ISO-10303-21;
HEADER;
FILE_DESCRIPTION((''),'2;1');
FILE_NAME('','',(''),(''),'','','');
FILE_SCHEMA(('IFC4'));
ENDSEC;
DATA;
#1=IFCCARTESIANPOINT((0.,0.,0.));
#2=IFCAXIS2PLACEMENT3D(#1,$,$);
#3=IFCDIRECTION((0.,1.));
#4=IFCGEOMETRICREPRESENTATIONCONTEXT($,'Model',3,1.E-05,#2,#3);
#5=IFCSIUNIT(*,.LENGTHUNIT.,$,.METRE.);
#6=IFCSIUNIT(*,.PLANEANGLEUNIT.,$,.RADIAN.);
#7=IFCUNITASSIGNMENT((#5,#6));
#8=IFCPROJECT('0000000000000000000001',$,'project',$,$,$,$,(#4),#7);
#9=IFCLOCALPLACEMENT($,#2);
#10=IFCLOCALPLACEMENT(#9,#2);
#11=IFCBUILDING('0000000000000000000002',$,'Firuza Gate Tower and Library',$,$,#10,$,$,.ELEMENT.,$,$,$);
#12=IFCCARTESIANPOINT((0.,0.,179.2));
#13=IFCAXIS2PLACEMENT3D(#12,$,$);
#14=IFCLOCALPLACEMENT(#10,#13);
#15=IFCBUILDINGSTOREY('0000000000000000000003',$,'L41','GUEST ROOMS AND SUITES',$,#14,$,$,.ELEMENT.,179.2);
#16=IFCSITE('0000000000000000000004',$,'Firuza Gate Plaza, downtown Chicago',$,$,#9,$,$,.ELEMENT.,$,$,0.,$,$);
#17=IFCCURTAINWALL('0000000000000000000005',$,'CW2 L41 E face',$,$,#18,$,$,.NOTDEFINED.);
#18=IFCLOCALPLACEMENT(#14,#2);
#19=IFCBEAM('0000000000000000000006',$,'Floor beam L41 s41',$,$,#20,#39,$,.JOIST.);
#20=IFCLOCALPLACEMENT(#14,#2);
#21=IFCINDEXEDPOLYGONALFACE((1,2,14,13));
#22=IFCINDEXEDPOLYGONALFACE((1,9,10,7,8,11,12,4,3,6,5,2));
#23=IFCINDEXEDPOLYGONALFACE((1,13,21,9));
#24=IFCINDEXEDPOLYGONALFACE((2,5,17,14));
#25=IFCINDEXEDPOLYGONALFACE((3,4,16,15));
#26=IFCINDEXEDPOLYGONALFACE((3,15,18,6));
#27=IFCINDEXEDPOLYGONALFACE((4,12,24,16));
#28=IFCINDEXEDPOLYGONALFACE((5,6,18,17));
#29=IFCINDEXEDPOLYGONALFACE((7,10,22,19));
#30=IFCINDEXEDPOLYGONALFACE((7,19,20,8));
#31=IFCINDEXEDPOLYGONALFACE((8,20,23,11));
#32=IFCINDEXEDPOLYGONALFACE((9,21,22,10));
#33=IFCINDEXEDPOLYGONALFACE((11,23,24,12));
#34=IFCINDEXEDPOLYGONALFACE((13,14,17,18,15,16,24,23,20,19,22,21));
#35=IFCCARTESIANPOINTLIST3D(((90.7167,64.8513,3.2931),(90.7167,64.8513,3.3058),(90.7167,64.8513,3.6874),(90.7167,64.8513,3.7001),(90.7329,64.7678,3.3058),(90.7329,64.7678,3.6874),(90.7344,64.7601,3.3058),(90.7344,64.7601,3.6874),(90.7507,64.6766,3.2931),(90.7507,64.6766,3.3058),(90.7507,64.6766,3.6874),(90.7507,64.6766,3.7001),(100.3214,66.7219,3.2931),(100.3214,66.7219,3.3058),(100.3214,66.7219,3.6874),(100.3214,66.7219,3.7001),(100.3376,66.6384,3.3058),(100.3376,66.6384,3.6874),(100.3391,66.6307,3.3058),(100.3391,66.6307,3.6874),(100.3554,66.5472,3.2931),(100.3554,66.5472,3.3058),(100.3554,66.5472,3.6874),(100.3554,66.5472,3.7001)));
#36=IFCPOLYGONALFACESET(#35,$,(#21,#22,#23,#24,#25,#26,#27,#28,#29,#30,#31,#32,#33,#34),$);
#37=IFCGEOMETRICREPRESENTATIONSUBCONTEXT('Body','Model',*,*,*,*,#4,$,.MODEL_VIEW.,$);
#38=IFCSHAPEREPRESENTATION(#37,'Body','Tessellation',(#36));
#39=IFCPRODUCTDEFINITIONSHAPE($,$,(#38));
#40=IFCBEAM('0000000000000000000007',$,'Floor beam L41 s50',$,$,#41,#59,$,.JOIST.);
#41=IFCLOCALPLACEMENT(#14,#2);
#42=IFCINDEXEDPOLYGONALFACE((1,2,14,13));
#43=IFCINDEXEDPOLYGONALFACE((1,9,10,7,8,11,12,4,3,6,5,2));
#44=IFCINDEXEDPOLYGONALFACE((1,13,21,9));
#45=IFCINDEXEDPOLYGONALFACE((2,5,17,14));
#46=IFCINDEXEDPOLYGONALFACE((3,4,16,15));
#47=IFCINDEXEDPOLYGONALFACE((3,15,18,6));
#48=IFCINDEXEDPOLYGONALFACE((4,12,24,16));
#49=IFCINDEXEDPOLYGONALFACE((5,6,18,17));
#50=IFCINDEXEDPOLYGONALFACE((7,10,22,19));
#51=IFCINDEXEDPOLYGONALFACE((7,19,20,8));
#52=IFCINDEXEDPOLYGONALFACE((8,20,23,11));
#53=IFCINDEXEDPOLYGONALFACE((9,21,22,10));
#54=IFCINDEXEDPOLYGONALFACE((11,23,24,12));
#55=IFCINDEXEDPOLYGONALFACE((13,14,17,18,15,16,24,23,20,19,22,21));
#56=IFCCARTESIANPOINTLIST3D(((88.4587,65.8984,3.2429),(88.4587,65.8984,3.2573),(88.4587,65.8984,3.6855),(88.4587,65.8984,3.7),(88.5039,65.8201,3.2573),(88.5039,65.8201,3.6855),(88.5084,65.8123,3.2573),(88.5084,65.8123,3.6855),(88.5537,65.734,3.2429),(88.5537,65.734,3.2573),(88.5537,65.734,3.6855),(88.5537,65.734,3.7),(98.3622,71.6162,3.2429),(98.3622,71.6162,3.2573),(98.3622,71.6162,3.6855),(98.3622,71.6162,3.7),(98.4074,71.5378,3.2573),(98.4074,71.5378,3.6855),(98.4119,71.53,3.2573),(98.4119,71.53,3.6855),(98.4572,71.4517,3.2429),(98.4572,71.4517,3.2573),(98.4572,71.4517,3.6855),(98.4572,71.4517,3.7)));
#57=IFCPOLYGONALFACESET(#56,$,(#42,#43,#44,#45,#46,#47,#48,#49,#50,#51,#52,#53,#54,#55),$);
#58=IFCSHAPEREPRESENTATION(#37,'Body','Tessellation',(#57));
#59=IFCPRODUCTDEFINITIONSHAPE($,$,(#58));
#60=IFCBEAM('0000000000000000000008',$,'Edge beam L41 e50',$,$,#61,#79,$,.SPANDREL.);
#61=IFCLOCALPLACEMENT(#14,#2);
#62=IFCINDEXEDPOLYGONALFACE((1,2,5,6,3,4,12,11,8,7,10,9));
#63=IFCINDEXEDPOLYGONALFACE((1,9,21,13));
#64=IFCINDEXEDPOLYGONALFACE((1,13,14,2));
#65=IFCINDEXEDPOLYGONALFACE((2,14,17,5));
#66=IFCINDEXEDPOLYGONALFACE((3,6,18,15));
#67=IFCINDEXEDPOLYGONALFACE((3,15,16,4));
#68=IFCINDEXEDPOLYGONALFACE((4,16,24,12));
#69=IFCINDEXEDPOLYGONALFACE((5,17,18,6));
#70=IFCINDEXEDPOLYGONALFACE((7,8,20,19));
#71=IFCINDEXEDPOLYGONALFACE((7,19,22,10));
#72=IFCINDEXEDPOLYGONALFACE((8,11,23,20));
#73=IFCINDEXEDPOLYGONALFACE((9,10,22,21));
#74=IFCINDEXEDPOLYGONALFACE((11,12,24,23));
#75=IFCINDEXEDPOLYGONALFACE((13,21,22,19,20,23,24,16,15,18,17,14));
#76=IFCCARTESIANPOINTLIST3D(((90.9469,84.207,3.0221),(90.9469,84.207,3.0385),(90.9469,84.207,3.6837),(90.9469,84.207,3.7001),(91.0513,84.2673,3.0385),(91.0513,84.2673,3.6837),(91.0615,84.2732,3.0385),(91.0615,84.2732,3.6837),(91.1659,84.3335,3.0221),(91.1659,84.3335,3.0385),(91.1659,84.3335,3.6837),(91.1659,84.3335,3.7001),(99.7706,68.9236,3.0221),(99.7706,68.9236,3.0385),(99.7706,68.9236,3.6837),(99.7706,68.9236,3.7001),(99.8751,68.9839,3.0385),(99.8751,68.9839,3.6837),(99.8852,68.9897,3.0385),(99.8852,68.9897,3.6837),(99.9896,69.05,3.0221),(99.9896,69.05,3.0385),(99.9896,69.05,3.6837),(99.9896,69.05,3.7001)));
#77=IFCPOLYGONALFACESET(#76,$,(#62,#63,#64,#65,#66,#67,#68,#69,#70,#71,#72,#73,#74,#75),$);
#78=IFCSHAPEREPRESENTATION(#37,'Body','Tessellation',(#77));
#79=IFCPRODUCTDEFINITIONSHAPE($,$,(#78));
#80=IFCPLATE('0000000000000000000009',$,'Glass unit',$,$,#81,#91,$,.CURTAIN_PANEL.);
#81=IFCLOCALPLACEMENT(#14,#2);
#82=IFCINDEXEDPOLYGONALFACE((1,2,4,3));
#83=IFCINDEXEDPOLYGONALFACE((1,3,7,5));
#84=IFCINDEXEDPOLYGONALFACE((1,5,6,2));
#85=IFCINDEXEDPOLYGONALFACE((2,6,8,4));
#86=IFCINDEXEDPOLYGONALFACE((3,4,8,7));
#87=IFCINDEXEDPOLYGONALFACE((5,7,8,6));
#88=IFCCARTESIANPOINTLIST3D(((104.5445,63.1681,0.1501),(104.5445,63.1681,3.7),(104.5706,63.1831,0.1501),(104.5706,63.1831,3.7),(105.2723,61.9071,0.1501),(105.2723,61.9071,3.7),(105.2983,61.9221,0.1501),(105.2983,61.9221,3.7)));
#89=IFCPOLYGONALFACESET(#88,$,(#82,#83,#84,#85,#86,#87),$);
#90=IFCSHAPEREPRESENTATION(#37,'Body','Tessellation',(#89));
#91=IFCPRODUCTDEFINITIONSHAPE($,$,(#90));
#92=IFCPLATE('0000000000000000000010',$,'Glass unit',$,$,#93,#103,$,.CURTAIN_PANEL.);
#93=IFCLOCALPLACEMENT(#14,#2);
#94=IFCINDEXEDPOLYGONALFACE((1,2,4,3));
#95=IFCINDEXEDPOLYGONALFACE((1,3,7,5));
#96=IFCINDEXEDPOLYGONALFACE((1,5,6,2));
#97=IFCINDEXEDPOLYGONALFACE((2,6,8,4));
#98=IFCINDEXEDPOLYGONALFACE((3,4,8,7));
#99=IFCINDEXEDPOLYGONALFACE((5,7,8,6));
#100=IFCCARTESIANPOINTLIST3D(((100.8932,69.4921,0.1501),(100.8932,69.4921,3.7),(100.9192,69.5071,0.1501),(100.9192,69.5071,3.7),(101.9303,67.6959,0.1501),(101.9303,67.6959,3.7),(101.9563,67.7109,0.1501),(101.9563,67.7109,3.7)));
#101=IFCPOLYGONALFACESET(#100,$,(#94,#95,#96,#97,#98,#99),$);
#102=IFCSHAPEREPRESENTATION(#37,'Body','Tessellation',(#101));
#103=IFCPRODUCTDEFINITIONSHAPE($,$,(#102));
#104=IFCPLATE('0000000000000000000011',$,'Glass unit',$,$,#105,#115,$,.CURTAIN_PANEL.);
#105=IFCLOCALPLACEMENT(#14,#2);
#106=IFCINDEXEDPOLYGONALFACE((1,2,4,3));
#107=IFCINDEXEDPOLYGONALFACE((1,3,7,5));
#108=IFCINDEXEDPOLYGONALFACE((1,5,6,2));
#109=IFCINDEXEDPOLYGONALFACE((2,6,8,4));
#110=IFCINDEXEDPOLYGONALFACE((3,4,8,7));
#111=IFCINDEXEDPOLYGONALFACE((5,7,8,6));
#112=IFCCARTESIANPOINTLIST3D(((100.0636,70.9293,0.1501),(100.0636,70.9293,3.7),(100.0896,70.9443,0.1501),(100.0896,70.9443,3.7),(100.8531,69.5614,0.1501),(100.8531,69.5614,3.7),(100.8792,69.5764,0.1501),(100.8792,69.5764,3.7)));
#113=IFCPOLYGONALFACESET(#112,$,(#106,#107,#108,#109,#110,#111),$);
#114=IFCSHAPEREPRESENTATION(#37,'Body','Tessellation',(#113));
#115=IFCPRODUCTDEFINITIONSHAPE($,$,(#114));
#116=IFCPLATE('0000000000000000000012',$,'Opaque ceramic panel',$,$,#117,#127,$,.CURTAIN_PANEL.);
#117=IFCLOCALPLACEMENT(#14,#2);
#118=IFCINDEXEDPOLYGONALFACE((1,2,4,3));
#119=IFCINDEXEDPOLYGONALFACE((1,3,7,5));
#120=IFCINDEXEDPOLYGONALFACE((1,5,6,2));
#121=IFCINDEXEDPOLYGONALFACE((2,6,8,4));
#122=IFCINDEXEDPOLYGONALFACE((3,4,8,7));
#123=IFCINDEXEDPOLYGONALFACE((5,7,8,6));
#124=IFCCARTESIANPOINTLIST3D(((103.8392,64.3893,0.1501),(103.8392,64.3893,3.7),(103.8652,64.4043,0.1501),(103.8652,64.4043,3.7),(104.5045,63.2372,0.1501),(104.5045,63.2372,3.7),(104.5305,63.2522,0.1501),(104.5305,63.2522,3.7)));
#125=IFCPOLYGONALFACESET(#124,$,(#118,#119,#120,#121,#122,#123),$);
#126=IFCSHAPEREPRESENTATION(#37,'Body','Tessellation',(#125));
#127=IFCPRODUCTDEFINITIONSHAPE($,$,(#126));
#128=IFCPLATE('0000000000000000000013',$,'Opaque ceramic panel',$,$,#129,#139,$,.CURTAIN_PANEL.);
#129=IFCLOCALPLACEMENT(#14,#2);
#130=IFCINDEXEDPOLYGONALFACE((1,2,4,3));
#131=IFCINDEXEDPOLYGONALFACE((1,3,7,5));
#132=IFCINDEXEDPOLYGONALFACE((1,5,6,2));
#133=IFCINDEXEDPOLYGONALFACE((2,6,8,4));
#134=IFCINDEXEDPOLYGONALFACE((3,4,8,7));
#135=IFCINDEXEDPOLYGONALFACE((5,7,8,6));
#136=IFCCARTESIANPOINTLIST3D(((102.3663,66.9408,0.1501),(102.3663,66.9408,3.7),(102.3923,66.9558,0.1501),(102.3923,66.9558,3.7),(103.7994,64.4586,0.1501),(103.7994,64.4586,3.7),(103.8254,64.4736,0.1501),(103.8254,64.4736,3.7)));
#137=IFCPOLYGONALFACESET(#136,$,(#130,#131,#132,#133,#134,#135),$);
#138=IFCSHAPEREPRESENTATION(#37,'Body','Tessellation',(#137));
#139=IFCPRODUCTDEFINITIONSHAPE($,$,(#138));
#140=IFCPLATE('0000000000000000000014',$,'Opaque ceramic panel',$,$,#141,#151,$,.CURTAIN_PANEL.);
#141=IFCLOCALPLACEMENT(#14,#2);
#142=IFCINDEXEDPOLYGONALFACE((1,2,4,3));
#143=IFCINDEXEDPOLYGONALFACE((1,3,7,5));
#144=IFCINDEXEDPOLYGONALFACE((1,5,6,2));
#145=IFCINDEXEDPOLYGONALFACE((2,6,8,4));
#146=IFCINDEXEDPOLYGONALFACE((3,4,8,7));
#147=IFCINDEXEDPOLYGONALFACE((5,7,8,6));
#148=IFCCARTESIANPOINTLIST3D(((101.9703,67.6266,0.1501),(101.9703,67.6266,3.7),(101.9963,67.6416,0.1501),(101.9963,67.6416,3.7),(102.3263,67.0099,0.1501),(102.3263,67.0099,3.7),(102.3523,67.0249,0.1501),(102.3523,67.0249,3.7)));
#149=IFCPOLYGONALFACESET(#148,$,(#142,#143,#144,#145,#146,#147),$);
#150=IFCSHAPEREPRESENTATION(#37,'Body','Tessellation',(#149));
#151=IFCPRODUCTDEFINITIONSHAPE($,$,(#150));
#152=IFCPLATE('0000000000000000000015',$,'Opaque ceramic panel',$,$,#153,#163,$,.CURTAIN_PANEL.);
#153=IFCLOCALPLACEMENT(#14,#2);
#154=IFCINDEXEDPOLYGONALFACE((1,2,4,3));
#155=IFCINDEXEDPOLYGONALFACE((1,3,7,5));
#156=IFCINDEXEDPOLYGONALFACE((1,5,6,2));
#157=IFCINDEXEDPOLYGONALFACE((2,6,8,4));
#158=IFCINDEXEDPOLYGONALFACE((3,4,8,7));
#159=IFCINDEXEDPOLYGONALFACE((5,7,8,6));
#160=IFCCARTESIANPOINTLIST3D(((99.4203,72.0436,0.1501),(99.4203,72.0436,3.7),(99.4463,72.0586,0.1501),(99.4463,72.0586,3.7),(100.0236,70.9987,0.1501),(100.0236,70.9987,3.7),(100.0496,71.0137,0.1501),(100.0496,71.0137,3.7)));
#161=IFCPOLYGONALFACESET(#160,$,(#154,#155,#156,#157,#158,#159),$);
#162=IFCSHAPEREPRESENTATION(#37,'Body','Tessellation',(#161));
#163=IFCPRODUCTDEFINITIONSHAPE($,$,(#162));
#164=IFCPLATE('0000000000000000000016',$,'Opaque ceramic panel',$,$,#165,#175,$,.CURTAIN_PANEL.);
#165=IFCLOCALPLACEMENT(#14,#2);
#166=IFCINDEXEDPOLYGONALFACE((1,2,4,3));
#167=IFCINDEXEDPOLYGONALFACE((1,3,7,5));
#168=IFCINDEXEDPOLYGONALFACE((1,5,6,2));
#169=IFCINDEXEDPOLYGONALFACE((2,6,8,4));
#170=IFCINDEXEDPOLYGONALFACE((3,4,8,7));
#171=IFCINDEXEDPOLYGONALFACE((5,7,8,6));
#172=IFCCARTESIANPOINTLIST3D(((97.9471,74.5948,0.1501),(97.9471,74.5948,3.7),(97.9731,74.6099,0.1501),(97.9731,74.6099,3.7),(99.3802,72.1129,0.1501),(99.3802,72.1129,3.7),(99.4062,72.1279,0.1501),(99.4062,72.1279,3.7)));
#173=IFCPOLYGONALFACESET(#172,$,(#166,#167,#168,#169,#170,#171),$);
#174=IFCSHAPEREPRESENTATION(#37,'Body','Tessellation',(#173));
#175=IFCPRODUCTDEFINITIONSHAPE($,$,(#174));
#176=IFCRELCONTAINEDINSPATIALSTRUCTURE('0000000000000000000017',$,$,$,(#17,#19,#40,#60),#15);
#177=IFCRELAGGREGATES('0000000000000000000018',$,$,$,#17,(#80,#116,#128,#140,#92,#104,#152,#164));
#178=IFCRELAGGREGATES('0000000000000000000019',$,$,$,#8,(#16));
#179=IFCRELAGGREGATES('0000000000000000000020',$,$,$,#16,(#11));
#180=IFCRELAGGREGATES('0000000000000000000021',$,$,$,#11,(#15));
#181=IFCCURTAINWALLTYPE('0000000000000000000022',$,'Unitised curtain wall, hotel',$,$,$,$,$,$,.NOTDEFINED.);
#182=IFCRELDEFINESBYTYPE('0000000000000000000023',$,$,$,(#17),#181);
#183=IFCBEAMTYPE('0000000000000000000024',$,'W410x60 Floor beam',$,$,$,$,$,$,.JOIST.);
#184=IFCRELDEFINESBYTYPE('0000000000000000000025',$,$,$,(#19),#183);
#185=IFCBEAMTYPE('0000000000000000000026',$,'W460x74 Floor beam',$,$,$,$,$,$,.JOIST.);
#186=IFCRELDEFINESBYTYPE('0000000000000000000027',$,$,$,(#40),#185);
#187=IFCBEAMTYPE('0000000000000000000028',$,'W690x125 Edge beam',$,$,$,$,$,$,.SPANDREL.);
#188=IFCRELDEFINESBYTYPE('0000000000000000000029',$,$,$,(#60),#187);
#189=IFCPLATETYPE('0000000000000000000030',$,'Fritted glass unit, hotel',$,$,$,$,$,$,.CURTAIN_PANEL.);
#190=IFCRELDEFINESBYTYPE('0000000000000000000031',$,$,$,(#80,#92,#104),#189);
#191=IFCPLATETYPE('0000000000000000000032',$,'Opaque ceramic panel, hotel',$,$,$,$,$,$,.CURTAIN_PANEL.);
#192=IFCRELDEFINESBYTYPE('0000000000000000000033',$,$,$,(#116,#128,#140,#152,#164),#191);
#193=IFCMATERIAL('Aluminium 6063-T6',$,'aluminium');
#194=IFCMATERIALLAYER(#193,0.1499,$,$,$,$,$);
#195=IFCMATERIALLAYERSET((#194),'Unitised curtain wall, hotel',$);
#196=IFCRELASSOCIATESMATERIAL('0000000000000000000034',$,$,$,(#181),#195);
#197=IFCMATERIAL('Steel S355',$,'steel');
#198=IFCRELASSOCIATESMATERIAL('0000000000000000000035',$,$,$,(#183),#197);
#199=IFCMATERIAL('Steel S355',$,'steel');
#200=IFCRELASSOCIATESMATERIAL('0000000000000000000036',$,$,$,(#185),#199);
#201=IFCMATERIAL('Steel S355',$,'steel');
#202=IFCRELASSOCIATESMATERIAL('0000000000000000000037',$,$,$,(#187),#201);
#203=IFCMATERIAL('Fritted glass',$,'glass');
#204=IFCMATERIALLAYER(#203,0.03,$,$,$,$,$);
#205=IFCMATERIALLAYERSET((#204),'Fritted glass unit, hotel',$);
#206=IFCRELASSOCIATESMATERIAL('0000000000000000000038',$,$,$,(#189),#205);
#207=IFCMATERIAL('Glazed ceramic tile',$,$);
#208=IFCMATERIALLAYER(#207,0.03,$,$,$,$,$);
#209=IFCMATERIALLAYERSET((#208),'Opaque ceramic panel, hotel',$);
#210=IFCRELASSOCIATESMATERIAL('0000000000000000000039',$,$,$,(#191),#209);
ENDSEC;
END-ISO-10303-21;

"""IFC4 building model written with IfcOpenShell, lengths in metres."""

from ifc_helpers import new_model, si_unit, direction, frame, origin, origin_2d, place, context, subcontext, project, spatial, polyline, i_section, outline, extrude, material, layer, layer_set, material_profile, profile_set, type_object, element, aggregate, save


model = new_model("IFC4")

# Units and contexts
model_context = context("Model", 3, precision=1e-05, world=origin(), true_north=direction((0.0, 1.0)))
body_context = subcontext(model_context, "Body", "Model", "MODEL_VIEW")
ifc_project = project(units=[si_unit("LENGTHUNIT", "METRE"), si_unit("PLANEANGLEUNIT", "RADIAN")], contexts=[model_context])

# Site, building, storey
site_placement = place(None, origin())
site = spatial("IfcSite", under=ifc_project, at=site_placement, Name="Firuza Gate Plaza, downtown Chicago", CompositionType="ELEMENT", RefElevation=0.0)
building_placement = place(site_placement, origin())
building = spatial("IfcBuilding", under=site, at=building_placement, Name="Firuza Gate Tower and Library", CompositionType="ELEMENT")
storey_placement = place(building_placement, frame((0.0, 0.0, 179.2)))
storey = spatial("IfcBuildingStorey", under=building, at=storey_placement, Name="L41", Description="GUEST ROOMS AND SUITES", CompositionType="ELEMENT", Elevation=179.2)

# Curtain wall
ifc_material_1 = material(Name="Aluminium 6063-T6", Category="aluminium")
ifc_layer_1 = layer(ifc_material_1, 0.1499)
ifc_layer_set_1 = layer_set([ifc_layer_1], Name="Unitised curtain wall, hotel")
curtain_wall_type_1 = type_object("IfcCurtainWallType", Name="Unitised curtain wall, hotel", PredefinedType="NOTDEFINED", material=ifc_layer_set_1)
placement = place(storey_placement, origin())
curtain_wall_1 = element("IfcCurtainWall", 1, at=placement, inside=storey, type_object=curtain_wall_type_1, Name="CW2 L41 E face", PredefinedType="NOTDEFINED")

# Beams
ifc_material_2 = material(Name="Steel S355", Category="steel")
ifc_material_profile_1 = material_profile(ifc_material_2, i_section(OverallWidth=0.178, OverallDepth=0.407, WebThickness=0.0078, FlangeThickness=0.0127, at=origin_2d()))
ifc_profile_set_1 = profile_set([ifc_material_profile_1], Name="Steel S355")
beam_type_1 = type_object("IfcBeamType", Name="W410x60 Floor beam", PredefinedType="JOIST", material=ifc_profile_set_1)
beam_1_placement = place(storey_placement, frame((100.3384, 66.6345, 3.4966), z_axis=(-0.981558, -0.191167, 0.0), x_axis=(0.191167, -0.981558, 0.0)))
element("IfcBeam", 2, at=beam_1_placement, inside=storey, type_object=beam_type_1, Name="Floor beam L41 s41", PredefinedType="JOIST", context=body_context, shape_type="SweptSolid", body=[
    extrude(i_section(OverallWidth=0.178, OverallDepth=0.407, WebThickness=0.0078, FlangeThickness=0.0127, at=origin_2d()), origin(), (0.0, 0.0, 1.0), 9.7852),
])
ifc_material_3 = material(Name="Steel S355", Category="steel")
ifc_material_profile_2 = material_profile(ifc_material_3, i_section(OverallWidth=0.1899, OverallDepth=0.457, WebThickness=0.009, FlangeThickness=0.0144, at=origin_2d()))
ifc_profile_set_2 = profile_set([ifc_material_profile_2], Name="Steel S355")
beam_type_2 = type_object("IfcBeamType", Name="W460x74 Floor beam", PredefinedType="JOIST", material=ifc_profile_set_2)
beam_2_placement = place(storey_placement, frame((98.4097, 71.5339, 3.4714), z_axis=(-0.866027, -0.499997, 0.0), x_axis=(0.499997, -0.866027, 0.0)))
element("IfcBeam", 3, at=beam_2_placement, inside=storey, type_object=beam_type_2, Name="Floor beam L41 s50", PredefinedType="JOIST", context=body_context, shape_type="SweptSolid", body=[
    extrude(i_section(OverallWidth=0.1899, OverallDepth=0.457, WebThickness=0.009, FlangeThickness=0.0144, at=origin_2d()), origin(), (0.0, 0.0, 1.0), 11.4355),
])
ifc_material_4 = material(Name="Steel S355", Category="steel")
ifc_material_profile_3 = material_profile(ifc_material_4, i_section(OverallWidth=0.2529, OverallDepth=0.678, WebThickness=0.0117, FlangeThickness=0.0164, at=origin_2d()))
ifc_profile_set_3 = profile_set([ifc_material_profile_3], Name="Steel S355")
beam_type_3 = type_object("IfcBeamType", Name="W690x125 Edge beam", PredefinedType="SPANDREL", material=ifc_profile_set_3)
beam_3_placement = place(storey_placement, frame((99.8801, 68.9868, 3.3611), z_axis=(-0.499993, 0.86603, 0.0), x_axis=(-0.86603, -0.499993, 0.0)))
element("IfcBeam", 4, at=beam_3_placement, inside=storey, type_object=beam_type_3, Name="Edge beam L41 e50", PredefinedType="SPANDREL", context=body_context, shape_type="SweptSolid", body=[
    extrude(i_section(OverallWidth=0.2529, OverallDepth=0.678, WebThickness=0.0117, FlangeThickness=0.0164, at=origin_2d()), origin(), (0.0, 0.0, 1.0), 17.6477),
])

# Plates
ifc_material_5 = material(Name="Fritted glass", Category="glass")
ifc_layer_2 = layer(ifc_material_5, 0.03)
ifc_layer_set_2 = layer_set([ifc_layer_2], Name="Fritted glass unit, hotel")
plate_type_1 = type_object("IfcPlateType", Name="Fritted glass unit, hotel", PredefinedType="CURTAIN_PANEL", material=ifc_layer_set_2)
plate_1_placement = place(storey_placement, frame((105.2983, 61.9221, 0.1501), z_axis=(0.866099, 0.499872, 0.0), x_axis=(-0.499872, 0.866099, 0.0)))
plate_1 = element("IfcPlate", 5, at=plate_1_placement, type_object=plate_type_1, Name="Glass unit", PredefinedType="CURTAIN_PANEL", context=body_context, shape_type="SweptSolid", body=[
    extrude(outline(polyline([(0.0, 0.0), (1.4559, 0.0), (1.4559, 3.5498), (0.0, 3.5498), (0.0, 0.0)])), origin(), (0.0, 0.0, -1.0), 0.03),
])
plate_2_placement = place(storey_placement, frame((101.9563, 67.7109, 0.1501), z_axis=(0.866003, 0.500038, 0.0), x_axis=(-0.500038, 0.866003, 0.0)))
plate_2 = element("IfcPlate", 6, at=plate_2_placement, type_object=plate_type_1, Name="Glass unit", PredefinedType="CURTAIN_PANEL", context=body_context, shape_type="SweptSolid", body=[
    extrude(outline(polyline([(0.0, 0.0), (2.0741, 0.0), (2.0741, 3.5498), (0.0, 3.5498), (0.0, 0.0)])), origin(), (0.0, 0.0, -1.0), 0.03),
])
plate_3_placement = place(storey_placement, frame((100.8792, 69.5764, 0.1501), z_axis=(0.866085, 0.499896, 0.0), x_axis=(-0.499896, 0.866085, 0.0)))
plate_3 = element("IfcPlate", 7, at=plate_3_placement, type_object=plate_type_1, Name="Glass unit", PredefinedType="CURTAIN_PANEL", context=body_context, shape_type="SweptSolid", body=[
    extrude(outline(polyline([(0.0, 0.0), (1.5794, 0.0), (1.5794, 3.5498), (0.0, 3.5498), (0.0, 0.0)])), origin(), (0.0, 0.0, -1.0), 0.03),
])
ifc_material_6 = material(Name="Glazed ceramic tile")
ifc_layer_3 = layer(ifc_material_6, 0.03)
ifc_layer_set_3 = layer_set([ifc_layer_3], Name="Opaque ceramic panel, hotel")
plate_type_2 = type_object("IfcPlateType", Name="Opaque ceramic panel, hotel", PredefinedType="CURTAIN_PANEL", material=ifc_layer_set_3)
plate_4_placement = place(storey_placement, frame((104.5305, 63.2522, 0.1501), z_axis=(0.865987, 0.500067, 0.0), x_axis=(-0.500067, 0.865987, 0.0)))
plate_4 = element("IfcPlate", 8, at=plate_4_placement, type_object=plate_type_2, Name="Opaque ceramic panel", PredefinedType="CURTAIN_PANEL", context=body_context, shape_type="SweptSolid", body=[
    extrude(outline(polyline([(0.0, 0.0), (1.3304, 0.0), (1.3304, 3.5498), (0.0, 3.5498), (0.0, 0.0)])), origin(), (0.0, 0.0, -1.0), 0.03),
])
plate_5_placement = place(storey_placement, frame((103.8254, 64.4736, 0.1501), z_axis=(0.866022, 0.500005, 0.0), x_axis=(-0.500005, 0.866022, 0.0)))
plate_5 = element("IfcPlate", 9, at=plate_5_placement, type_object=plate_type_2, Name="Opaque ceramic panel", PredefinedType="CURTAIN_PANEL", context=body_context, shape_type="SweptSolid", body=[
    extrude(outline(polyline([(0.0, 0.0), (2.8662, 0.0), (2.8662, 3.5498), (0.0, 3.5498), (0.0, 0.0)])), origin(), (0.0, 0.0, -1.0), 0.03),
])
plate_6_placement = place(storey_placement, frame((102.3523, 67.0249, 0.1501), z_axis=(0.866083, 0.499901, 0.0), x_axis=(-0.499901, 0.866083, 0.0)))
plate_6 = element("IfcPlate", 10, at=plate_6_placement, type_object=plate_type_2, Name="Opaque ceramic panel", PredefinedType="CURTAIN_PANEL", context=body_context, shape_type="SweptSolid", body=[
    extrude(outline(polyline([(0.0, 0.0), (0.7121, 0.0), (0.7121, 3.5498), (0.0, 3.5498), (0.0, 0.0)])), origin(), (0.0, 0.0, -1.0), 0.03),
])
plate_7_placement = place(storey_placement, frame((100.0496, 71.0137, 0.1501), z_axis=(0.866031, 0.499991, 0.0), x_axis=(-0.499991, 0.866031, 0.0)))
plate_7 = element("IfcPlate", 11, at=plate_7_placement, type_object=plate_type_2, Name="Opaque ceramic panel", PredefinedType="CURTAIN_PANEL", context=body_context, shape_type="SweptSolid", body=[
    extrude(outline(polyline([(0.0, 0.0), (1.2066, 0.0), (1.2066, 3.5498), (0.0, 3.5498), (0.0, 0.0)])), origin(), (0.0, 0.0, -1.0), 0.03),
])
plate_8_placement = place(storey_placement, frame((99.4062, 72.1279, 0.1501), z_axis=(0.866001, 0.500042, 0.0), x_axis=(-0.500042, 0.866001, 0.0)))
plate_8 = element("IfcPlate", 12, at=plate_8_placement, type_object=plate_type_2, Name="Opaque ceramic panel", PredefinedType="CURTAIN_PANEL", context=body_context, shape_type="SweptSolid", body=[
    extrude(outline(polyline([(0.0, 0.0), (2.866, 0.0), (2.866, 3.5498), (0.0, 3.5498), (0.0, 0.0)])), origin(), (0.0, 0.0, -1.0), 0.03),
])
aggregate(curtain_wall_1, [plate_1, plate_4, plate_5, plate_6, plate_2, plate_3, plate_7, plate_8])

save(model, "model.ifc")
